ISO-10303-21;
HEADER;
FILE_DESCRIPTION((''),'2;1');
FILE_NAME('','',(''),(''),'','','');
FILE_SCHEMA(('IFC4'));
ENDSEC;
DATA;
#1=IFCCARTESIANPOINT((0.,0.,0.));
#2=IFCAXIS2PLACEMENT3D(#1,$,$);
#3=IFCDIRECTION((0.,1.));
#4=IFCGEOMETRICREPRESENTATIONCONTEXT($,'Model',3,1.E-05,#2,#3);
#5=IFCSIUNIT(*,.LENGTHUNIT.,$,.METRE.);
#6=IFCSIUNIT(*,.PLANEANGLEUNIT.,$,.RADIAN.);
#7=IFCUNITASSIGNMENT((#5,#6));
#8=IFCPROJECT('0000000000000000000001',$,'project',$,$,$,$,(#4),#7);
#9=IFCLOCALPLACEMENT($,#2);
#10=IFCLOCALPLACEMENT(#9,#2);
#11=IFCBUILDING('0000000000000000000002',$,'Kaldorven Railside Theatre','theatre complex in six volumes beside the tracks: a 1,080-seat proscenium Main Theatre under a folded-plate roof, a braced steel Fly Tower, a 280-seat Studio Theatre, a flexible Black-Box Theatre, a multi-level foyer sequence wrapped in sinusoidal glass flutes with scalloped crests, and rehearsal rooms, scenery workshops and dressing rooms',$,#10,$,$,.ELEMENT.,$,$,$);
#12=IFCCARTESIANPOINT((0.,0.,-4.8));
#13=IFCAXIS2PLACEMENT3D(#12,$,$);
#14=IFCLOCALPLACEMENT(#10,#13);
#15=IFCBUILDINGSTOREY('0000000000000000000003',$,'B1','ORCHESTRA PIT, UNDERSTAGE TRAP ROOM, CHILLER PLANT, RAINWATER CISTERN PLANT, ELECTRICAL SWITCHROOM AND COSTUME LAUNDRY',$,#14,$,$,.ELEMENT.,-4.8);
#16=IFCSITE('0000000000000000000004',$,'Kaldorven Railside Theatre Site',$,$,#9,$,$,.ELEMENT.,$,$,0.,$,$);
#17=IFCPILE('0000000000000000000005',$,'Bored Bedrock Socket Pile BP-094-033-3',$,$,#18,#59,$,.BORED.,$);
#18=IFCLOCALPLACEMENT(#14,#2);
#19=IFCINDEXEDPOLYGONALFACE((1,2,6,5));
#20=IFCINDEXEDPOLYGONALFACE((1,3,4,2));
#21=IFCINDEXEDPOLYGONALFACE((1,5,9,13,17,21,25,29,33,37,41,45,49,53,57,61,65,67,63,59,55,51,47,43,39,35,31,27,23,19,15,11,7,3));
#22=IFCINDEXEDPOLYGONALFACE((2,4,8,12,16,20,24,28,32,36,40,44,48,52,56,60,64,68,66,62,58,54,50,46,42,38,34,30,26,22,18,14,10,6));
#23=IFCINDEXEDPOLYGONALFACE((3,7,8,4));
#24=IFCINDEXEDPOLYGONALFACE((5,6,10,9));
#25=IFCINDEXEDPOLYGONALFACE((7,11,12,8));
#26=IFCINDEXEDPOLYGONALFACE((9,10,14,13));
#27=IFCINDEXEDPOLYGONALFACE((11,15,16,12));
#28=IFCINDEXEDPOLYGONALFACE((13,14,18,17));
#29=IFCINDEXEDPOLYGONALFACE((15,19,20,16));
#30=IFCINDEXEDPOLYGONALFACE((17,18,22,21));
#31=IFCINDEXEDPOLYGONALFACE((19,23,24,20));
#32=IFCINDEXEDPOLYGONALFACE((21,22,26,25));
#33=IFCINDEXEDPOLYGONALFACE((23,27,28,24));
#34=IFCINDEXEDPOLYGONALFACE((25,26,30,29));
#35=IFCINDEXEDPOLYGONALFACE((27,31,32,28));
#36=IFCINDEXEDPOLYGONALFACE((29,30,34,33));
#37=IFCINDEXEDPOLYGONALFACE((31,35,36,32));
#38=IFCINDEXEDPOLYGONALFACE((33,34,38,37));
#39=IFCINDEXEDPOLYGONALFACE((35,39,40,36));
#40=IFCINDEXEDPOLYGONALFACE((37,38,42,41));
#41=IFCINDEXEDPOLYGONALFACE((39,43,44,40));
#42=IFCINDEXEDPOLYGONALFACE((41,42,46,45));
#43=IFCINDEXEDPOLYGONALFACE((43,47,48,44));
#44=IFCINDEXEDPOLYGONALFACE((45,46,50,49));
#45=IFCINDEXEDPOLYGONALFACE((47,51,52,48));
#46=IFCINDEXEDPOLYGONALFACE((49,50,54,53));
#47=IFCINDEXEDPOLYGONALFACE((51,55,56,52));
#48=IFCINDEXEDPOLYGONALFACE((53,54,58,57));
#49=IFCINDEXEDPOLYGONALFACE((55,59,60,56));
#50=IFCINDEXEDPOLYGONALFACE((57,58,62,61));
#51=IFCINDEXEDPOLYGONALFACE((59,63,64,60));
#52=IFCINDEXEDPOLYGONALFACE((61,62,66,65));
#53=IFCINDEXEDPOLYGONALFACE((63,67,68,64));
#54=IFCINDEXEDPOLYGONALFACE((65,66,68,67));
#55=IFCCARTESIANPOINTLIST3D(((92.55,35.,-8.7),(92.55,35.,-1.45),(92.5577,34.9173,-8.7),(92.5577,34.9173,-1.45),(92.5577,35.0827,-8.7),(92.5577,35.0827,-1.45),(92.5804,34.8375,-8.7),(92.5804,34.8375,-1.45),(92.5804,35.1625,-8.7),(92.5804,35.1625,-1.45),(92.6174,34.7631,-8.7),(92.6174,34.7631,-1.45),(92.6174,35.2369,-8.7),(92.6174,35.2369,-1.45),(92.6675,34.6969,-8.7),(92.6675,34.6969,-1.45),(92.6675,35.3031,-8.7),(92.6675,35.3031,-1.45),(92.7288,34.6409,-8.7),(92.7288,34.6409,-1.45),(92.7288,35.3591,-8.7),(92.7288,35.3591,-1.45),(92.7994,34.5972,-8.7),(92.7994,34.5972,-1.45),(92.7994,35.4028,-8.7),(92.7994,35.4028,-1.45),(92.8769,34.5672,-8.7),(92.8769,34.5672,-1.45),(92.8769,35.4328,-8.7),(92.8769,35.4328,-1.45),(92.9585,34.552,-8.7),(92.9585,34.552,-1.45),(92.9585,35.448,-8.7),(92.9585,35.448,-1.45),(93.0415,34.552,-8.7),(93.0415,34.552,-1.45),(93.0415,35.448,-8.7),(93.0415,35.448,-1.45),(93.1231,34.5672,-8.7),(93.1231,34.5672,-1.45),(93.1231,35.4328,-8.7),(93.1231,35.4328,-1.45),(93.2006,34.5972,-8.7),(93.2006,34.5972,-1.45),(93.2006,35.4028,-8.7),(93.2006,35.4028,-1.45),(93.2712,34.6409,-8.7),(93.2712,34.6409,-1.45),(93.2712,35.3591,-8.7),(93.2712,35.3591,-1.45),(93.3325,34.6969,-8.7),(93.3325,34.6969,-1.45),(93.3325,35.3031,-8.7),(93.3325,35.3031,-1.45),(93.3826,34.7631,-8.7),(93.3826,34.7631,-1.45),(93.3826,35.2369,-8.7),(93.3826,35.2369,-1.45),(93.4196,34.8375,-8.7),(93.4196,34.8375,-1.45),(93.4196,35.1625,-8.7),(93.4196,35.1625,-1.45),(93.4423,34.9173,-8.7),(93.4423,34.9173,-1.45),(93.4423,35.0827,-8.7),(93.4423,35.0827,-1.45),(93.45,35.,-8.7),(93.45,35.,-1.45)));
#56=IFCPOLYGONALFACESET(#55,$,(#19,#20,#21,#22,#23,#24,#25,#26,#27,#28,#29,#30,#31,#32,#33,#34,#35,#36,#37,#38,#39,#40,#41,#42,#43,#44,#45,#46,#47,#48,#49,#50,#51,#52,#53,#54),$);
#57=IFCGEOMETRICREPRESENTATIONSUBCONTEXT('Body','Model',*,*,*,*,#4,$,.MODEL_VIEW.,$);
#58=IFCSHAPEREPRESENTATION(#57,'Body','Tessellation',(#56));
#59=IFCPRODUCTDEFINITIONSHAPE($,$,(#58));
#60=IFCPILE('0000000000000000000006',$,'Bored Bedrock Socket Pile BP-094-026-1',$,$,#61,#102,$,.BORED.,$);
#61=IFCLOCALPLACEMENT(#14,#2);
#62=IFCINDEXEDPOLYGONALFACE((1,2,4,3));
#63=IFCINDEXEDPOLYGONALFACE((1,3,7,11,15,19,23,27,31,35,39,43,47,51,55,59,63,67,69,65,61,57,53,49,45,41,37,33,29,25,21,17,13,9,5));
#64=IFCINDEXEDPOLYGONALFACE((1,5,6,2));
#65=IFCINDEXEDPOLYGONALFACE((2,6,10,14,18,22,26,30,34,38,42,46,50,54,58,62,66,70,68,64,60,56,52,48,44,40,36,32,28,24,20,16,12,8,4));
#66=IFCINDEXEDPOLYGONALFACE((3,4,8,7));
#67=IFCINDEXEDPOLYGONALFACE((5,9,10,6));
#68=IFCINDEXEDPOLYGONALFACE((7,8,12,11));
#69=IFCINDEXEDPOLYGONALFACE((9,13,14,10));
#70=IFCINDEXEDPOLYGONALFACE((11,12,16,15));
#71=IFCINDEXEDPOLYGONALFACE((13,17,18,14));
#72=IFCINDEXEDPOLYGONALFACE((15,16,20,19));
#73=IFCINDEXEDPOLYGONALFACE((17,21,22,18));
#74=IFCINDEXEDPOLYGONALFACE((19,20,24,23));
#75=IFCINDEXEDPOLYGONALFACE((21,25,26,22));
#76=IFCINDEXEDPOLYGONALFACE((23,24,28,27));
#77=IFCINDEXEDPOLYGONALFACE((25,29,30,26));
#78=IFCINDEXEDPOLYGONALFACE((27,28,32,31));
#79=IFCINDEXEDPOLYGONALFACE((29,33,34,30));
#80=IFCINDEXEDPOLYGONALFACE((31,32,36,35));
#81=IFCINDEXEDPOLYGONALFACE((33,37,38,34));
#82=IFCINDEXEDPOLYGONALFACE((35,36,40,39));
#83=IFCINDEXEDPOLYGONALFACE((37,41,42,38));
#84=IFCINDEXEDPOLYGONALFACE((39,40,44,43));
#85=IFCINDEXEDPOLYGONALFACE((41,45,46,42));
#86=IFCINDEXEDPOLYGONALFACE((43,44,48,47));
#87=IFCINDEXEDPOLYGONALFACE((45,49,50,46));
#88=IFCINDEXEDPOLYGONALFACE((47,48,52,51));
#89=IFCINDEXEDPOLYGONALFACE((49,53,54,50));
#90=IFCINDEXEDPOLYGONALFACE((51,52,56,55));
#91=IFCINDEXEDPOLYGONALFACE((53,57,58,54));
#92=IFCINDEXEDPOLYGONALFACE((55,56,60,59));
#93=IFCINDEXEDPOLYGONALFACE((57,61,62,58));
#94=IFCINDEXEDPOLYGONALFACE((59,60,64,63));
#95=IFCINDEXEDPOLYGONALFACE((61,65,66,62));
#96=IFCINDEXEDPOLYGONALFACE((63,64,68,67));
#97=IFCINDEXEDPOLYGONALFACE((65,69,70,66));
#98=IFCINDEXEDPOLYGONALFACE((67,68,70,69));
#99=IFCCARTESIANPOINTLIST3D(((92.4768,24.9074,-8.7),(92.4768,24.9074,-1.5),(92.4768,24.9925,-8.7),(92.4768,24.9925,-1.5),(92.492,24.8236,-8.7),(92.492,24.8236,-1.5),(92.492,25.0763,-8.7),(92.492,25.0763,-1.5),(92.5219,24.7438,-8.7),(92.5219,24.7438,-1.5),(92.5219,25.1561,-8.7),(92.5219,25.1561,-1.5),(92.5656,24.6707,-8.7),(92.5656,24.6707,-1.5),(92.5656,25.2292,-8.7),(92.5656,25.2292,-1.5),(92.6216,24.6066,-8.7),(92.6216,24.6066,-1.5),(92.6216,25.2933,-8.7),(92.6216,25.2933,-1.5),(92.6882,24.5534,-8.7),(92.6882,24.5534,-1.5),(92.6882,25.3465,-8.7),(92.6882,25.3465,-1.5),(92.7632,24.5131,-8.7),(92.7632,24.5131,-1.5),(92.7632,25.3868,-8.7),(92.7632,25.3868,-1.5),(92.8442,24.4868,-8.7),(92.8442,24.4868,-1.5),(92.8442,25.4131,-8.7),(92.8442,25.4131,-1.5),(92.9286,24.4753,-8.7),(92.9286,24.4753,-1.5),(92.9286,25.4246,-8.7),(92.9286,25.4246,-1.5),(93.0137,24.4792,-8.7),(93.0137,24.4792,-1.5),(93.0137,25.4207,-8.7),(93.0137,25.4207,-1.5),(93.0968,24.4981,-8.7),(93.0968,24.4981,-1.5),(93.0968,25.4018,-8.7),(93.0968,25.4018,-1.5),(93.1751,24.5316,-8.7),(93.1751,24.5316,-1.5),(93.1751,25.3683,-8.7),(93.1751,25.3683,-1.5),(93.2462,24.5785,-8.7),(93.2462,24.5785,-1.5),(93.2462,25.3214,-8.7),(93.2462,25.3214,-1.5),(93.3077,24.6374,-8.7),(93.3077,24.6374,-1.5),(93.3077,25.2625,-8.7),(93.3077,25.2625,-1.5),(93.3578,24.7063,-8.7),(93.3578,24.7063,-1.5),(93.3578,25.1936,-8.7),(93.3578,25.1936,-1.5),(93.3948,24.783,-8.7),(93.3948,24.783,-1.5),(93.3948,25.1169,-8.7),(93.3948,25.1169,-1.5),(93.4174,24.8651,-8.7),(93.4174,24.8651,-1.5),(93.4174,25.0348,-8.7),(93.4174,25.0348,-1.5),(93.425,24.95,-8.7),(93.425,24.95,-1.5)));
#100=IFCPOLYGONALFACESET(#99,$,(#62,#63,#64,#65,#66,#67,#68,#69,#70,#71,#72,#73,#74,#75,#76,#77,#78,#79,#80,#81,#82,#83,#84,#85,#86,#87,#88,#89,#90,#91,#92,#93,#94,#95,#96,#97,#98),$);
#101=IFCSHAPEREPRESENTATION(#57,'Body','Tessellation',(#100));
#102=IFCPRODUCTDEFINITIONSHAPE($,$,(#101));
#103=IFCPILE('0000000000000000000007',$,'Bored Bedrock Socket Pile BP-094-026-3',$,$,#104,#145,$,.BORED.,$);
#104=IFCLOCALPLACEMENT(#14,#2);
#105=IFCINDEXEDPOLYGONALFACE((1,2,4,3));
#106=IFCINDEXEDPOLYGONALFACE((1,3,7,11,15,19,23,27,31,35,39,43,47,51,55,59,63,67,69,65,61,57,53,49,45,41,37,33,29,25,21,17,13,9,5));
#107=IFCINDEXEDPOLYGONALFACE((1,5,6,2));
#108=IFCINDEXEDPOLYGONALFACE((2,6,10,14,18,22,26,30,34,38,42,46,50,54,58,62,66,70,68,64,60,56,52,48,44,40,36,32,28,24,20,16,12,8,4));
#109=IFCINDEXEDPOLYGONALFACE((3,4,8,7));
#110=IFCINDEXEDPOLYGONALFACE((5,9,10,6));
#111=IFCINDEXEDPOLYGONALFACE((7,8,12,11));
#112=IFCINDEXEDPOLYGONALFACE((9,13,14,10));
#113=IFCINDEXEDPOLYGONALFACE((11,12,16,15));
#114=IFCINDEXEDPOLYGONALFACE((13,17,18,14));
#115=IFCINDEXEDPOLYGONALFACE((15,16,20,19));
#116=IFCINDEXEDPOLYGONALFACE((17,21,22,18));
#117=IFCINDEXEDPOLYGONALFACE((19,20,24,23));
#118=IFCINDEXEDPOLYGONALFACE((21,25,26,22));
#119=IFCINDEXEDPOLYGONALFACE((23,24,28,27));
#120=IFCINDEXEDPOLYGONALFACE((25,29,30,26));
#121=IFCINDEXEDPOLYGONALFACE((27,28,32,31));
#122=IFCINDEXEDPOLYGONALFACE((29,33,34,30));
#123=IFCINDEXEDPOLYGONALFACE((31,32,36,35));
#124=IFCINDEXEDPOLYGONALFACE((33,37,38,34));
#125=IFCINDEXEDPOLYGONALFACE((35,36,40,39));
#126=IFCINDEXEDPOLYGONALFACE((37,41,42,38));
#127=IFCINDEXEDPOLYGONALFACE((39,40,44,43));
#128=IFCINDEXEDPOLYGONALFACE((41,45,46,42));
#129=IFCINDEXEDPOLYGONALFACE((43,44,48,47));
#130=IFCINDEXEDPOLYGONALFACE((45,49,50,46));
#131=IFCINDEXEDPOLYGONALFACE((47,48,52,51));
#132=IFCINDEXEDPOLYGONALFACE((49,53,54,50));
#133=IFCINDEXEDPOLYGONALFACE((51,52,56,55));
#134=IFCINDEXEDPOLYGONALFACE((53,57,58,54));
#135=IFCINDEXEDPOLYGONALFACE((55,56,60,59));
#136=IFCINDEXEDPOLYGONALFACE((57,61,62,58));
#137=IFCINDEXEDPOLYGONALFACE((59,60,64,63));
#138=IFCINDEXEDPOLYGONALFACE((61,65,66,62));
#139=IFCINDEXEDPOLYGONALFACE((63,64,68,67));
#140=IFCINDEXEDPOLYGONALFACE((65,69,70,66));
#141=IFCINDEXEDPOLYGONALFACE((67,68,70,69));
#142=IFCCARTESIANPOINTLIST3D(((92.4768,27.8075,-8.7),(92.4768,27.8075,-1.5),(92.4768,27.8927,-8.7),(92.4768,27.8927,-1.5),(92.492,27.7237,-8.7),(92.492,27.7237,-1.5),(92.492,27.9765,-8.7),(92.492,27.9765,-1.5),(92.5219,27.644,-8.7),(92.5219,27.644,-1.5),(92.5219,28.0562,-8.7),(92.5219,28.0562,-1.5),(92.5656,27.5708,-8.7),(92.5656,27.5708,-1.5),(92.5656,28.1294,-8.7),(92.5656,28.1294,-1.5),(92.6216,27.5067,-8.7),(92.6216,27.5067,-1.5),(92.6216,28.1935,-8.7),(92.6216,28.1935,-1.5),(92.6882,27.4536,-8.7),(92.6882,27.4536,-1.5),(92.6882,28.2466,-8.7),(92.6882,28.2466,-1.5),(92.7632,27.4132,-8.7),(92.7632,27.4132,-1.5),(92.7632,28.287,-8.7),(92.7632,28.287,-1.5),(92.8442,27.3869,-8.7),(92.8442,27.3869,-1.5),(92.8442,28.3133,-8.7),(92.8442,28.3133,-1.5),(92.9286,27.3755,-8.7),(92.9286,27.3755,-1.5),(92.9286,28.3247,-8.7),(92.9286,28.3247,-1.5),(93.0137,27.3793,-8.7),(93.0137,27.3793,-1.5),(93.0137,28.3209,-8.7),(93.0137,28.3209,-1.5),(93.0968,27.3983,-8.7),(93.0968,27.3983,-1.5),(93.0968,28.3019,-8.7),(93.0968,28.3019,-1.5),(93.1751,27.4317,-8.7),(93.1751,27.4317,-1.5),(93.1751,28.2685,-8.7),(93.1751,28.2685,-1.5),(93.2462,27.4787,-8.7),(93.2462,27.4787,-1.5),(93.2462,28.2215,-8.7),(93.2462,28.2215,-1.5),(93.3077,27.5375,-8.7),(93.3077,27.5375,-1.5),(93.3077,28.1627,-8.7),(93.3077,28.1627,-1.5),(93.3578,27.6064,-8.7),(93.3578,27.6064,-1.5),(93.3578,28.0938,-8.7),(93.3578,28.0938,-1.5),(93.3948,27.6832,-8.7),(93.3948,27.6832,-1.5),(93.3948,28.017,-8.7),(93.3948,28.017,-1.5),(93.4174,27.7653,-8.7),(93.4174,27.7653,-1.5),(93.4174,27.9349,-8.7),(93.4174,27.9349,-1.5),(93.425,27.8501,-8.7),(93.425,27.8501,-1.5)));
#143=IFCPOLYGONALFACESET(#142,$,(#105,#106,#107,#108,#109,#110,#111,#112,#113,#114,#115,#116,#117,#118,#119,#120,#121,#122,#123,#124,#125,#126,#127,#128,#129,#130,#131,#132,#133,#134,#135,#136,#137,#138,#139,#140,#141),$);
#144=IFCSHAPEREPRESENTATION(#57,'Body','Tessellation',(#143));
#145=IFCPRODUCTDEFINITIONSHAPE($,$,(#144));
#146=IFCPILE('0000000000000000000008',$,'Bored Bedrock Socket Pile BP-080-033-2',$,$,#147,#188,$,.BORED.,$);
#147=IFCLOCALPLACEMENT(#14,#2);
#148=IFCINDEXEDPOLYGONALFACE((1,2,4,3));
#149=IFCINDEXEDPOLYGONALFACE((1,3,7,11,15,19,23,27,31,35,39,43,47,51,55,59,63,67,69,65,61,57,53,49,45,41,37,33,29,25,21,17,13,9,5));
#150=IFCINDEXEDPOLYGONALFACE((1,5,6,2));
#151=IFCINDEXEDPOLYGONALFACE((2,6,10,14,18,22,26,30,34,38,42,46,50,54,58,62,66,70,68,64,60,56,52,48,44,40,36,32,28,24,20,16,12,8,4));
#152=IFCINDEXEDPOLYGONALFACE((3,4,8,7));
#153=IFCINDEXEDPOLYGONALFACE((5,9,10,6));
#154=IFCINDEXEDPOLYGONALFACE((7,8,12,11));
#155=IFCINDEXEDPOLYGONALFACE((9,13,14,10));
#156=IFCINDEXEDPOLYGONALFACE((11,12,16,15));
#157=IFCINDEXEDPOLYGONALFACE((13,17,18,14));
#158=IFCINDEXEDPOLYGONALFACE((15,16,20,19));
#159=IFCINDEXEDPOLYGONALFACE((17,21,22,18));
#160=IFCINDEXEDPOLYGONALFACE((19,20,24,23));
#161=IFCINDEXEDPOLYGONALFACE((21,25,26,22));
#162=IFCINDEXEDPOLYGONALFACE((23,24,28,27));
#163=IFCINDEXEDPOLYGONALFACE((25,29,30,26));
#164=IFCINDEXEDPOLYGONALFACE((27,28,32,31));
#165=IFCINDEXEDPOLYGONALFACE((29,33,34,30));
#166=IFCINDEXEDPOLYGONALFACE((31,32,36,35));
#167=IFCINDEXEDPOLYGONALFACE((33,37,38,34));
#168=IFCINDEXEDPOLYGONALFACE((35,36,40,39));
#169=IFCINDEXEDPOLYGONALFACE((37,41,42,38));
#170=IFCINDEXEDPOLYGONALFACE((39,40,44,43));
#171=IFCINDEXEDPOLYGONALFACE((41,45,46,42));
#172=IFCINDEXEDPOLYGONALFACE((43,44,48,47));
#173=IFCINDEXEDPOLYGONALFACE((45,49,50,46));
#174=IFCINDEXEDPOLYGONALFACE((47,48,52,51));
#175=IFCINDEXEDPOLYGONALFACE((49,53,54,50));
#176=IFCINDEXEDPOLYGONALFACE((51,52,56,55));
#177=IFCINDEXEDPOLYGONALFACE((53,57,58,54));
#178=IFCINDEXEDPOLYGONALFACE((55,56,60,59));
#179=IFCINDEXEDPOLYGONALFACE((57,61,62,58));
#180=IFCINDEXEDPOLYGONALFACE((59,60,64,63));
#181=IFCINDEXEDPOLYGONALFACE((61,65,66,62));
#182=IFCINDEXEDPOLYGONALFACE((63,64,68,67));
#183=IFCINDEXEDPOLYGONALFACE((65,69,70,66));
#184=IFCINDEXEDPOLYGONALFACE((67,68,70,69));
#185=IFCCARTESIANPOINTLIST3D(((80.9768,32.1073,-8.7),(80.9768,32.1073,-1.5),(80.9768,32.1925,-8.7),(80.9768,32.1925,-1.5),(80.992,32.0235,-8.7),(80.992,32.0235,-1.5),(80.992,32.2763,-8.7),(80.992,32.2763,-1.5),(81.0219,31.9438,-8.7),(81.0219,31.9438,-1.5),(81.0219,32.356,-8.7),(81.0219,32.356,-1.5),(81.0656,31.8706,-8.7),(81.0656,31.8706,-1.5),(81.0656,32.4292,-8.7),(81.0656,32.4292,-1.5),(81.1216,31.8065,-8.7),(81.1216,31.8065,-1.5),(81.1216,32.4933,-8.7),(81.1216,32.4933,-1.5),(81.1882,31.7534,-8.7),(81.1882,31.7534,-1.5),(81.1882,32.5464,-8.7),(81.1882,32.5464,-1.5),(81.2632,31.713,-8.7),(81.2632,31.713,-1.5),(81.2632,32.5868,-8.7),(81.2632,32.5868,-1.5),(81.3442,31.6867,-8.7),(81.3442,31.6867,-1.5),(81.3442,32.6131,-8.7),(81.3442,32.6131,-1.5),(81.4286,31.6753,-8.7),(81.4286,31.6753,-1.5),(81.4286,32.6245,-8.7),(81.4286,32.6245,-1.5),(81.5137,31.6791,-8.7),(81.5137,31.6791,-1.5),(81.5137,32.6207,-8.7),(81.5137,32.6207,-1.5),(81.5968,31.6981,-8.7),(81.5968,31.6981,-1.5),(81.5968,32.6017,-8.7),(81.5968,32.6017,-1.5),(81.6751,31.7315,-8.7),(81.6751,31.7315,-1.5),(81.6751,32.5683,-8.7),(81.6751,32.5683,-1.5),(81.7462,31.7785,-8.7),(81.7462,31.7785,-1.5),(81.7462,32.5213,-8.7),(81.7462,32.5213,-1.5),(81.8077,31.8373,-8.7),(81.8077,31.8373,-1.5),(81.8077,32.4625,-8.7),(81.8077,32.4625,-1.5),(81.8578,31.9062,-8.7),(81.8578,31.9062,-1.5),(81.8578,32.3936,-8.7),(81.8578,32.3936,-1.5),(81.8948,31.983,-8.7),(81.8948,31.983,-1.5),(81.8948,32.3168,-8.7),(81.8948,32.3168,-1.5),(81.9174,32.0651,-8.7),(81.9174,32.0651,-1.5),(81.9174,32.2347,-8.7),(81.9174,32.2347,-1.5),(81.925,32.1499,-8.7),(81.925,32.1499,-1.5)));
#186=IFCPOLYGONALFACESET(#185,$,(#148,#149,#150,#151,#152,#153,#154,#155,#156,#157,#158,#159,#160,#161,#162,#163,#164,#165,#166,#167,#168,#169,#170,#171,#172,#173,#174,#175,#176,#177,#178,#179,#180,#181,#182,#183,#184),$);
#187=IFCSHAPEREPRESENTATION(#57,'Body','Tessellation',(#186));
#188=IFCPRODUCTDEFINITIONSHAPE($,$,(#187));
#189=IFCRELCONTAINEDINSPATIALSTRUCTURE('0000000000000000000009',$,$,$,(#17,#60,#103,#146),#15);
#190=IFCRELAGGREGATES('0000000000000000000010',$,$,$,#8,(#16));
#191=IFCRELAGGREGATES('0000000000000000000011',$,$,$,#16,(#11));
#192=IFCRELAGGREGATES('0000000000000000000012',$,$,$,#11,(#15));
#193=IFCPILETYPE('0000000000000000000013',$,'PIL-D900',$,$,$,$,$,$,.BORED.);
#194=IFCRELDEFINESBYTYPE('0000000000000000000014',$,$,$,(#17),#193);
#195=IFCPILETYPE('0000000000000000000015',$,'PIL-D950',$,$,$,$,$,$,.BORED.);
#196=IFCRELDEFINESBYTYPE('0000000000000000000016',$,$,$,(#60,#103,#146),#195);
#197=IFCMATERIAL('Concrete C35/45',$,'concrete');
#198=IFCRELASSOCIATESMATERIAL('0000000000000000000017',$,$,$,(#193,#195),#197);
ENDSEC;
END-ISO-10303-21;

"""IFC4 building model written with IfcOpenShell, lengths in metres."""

from ifc_helpers import new_model, si_unit, direction, frame, origin, origin_2d, place, context, subcontext, project, spatial, circle, extrude, material, material_profile, profile_set, type_object, element, save


model = new_model("IFC4")

# Units and contexts
model_context = context("Model", 3, precision=1e-05, world=origin(), true_north=direction((0.0, 1.0)))
body_context = subcontext(model_context, "Body", "Model", "MODEL_VIEW")
ifc_project = project(units=[si_unit("LENGTHUNIT", "METRE"), si_unit("PLANEANGLEUNIT", "RADIAN")], contexts=[model_context])

# Site, building, storey
site_placement = place(None, origin())
site = spatial("IfcSite", under=ifc_project, at=site_placement, Name="Kaldorven Railside Theatre Site", CompositionType="ELEMENT", RefElevation=0.0)
building_placement = place(site_placement, origin())
building = spatial("IfcBuilding", under=site, at=building_placement, Name="Kaldorven Railside Theatre", Description="theatre complex in six volumes beside the tracks: a 1,080-seat proscenium Main Theatre under a folded-plate roof, a braced steel Fly Tower, a 280-seat Studio Theatre, a flexible Black-Box Theatre, a multi-level foyer sequence wrapped in sinusoidal glass flutes with scalloped crests, and rehearsal rooms, scenery workshops and dressing rooms", CompositionType="ELEMENT")
storey_placement = place(building_placement, frame((0.0, 0.0, -4.8)))
storey = spatial("IfcBuildingStorey", under=building, at=storey_placement, Name="B1", Description="ORCHESTRA PIT, UNDERSTAGE TRAP ROOM, CHILLER PLANT, RAINWATER CISTERN PLANT, ELECTRICAL SWITCHROOM AND COSTUME LAUNDRY", CompositionType="ELEMENT", Elevation=-4.8)

# Piles
ifc_material_1 = material(Name="Concrete C35/45", Category="concrete")
ifc_material_profile_1 = material_profile(ifc_material_1, circle(Radius=0.45, at=origin_2d()), Name="BP D900")
ifc_profile_set_1 = profile_set([ifc_material_profile_1], Name="Concrete C35/45")
pile_type_1 = type_object("IfcPileType", Name="PIL-D900", PredefinedType="BORED", material=ifc_profile_set_1)
for number, where, z_axis, x_axis, name in (
    (1, (93.0, 35.0, -1.45), (0.0, 0.0, -1.0), (1.0, 0.0, 0.0), "Bored Bedrock Socket Pile BP-094-033-3"),
):
    element("IfcPile", number, at=place(storey_placement, frame(where, z_axis=z_axis, x_axis=x_axis)), inside=storey, type_object=pile_type_1, Name=name, PredefinedType="BORED", context=body_context, shape_type="SweptSolid", body=[
        extrude(circle(Radius=0.45, at=origin_2d()), origin(), (0.0, 0.0, 1.0), 7.25),
    ])
ifc_material_profile_2 = material_profile(ifc_material_1, circle(Radius=0.4751, at=origin_2d()), Name="BP D950")
ifc_profile_set_2 = profile_set([ifc_material_profile_2], Name="Concrete C35/45")
pile_type_2 = type_object("IfcPileType", Name="PIL-D950", PredefinedType="BORED", material=ifc_profile_set_2)
for number, where, z_axis, x_axis, name in (
    (2, (92.95, 24.95, -1.5), (0.0, 0.0, -1.0), (1.0, 0.0, 0.0), "Bored Bedrock Socket Pile BP-094-026-1"),
    (3, (92.95, 27.8501, -1.5), (0.0, 0.0, -1.0), (1.0, 0.0, 0.0), "Bored Bedrock Socket Pile BP-094-026-3"),
    (4, (81.45, 32.1499, -1.5), (0.0, 0.0, -1.0), (1.0, 0.0, 0.0), "Bored Bedrock Socket Pile BP-080-033-2"),
):
    element("IfcPile", number, at=place(storey_placement, frame(where, z_axis=z_axis, x_axis=x_axis)), inside=storey, type_object=pile_type_2, Name=name, PredefinedType="BORED", context=body_context, shape_type="SweptSolid", body=[
        extrude(circle(Radius=0.4751, at=origin_2d()), origin(), (0.0, 0.0, 1.0), 7.2),
    ])

save(model, "model.ifc")
